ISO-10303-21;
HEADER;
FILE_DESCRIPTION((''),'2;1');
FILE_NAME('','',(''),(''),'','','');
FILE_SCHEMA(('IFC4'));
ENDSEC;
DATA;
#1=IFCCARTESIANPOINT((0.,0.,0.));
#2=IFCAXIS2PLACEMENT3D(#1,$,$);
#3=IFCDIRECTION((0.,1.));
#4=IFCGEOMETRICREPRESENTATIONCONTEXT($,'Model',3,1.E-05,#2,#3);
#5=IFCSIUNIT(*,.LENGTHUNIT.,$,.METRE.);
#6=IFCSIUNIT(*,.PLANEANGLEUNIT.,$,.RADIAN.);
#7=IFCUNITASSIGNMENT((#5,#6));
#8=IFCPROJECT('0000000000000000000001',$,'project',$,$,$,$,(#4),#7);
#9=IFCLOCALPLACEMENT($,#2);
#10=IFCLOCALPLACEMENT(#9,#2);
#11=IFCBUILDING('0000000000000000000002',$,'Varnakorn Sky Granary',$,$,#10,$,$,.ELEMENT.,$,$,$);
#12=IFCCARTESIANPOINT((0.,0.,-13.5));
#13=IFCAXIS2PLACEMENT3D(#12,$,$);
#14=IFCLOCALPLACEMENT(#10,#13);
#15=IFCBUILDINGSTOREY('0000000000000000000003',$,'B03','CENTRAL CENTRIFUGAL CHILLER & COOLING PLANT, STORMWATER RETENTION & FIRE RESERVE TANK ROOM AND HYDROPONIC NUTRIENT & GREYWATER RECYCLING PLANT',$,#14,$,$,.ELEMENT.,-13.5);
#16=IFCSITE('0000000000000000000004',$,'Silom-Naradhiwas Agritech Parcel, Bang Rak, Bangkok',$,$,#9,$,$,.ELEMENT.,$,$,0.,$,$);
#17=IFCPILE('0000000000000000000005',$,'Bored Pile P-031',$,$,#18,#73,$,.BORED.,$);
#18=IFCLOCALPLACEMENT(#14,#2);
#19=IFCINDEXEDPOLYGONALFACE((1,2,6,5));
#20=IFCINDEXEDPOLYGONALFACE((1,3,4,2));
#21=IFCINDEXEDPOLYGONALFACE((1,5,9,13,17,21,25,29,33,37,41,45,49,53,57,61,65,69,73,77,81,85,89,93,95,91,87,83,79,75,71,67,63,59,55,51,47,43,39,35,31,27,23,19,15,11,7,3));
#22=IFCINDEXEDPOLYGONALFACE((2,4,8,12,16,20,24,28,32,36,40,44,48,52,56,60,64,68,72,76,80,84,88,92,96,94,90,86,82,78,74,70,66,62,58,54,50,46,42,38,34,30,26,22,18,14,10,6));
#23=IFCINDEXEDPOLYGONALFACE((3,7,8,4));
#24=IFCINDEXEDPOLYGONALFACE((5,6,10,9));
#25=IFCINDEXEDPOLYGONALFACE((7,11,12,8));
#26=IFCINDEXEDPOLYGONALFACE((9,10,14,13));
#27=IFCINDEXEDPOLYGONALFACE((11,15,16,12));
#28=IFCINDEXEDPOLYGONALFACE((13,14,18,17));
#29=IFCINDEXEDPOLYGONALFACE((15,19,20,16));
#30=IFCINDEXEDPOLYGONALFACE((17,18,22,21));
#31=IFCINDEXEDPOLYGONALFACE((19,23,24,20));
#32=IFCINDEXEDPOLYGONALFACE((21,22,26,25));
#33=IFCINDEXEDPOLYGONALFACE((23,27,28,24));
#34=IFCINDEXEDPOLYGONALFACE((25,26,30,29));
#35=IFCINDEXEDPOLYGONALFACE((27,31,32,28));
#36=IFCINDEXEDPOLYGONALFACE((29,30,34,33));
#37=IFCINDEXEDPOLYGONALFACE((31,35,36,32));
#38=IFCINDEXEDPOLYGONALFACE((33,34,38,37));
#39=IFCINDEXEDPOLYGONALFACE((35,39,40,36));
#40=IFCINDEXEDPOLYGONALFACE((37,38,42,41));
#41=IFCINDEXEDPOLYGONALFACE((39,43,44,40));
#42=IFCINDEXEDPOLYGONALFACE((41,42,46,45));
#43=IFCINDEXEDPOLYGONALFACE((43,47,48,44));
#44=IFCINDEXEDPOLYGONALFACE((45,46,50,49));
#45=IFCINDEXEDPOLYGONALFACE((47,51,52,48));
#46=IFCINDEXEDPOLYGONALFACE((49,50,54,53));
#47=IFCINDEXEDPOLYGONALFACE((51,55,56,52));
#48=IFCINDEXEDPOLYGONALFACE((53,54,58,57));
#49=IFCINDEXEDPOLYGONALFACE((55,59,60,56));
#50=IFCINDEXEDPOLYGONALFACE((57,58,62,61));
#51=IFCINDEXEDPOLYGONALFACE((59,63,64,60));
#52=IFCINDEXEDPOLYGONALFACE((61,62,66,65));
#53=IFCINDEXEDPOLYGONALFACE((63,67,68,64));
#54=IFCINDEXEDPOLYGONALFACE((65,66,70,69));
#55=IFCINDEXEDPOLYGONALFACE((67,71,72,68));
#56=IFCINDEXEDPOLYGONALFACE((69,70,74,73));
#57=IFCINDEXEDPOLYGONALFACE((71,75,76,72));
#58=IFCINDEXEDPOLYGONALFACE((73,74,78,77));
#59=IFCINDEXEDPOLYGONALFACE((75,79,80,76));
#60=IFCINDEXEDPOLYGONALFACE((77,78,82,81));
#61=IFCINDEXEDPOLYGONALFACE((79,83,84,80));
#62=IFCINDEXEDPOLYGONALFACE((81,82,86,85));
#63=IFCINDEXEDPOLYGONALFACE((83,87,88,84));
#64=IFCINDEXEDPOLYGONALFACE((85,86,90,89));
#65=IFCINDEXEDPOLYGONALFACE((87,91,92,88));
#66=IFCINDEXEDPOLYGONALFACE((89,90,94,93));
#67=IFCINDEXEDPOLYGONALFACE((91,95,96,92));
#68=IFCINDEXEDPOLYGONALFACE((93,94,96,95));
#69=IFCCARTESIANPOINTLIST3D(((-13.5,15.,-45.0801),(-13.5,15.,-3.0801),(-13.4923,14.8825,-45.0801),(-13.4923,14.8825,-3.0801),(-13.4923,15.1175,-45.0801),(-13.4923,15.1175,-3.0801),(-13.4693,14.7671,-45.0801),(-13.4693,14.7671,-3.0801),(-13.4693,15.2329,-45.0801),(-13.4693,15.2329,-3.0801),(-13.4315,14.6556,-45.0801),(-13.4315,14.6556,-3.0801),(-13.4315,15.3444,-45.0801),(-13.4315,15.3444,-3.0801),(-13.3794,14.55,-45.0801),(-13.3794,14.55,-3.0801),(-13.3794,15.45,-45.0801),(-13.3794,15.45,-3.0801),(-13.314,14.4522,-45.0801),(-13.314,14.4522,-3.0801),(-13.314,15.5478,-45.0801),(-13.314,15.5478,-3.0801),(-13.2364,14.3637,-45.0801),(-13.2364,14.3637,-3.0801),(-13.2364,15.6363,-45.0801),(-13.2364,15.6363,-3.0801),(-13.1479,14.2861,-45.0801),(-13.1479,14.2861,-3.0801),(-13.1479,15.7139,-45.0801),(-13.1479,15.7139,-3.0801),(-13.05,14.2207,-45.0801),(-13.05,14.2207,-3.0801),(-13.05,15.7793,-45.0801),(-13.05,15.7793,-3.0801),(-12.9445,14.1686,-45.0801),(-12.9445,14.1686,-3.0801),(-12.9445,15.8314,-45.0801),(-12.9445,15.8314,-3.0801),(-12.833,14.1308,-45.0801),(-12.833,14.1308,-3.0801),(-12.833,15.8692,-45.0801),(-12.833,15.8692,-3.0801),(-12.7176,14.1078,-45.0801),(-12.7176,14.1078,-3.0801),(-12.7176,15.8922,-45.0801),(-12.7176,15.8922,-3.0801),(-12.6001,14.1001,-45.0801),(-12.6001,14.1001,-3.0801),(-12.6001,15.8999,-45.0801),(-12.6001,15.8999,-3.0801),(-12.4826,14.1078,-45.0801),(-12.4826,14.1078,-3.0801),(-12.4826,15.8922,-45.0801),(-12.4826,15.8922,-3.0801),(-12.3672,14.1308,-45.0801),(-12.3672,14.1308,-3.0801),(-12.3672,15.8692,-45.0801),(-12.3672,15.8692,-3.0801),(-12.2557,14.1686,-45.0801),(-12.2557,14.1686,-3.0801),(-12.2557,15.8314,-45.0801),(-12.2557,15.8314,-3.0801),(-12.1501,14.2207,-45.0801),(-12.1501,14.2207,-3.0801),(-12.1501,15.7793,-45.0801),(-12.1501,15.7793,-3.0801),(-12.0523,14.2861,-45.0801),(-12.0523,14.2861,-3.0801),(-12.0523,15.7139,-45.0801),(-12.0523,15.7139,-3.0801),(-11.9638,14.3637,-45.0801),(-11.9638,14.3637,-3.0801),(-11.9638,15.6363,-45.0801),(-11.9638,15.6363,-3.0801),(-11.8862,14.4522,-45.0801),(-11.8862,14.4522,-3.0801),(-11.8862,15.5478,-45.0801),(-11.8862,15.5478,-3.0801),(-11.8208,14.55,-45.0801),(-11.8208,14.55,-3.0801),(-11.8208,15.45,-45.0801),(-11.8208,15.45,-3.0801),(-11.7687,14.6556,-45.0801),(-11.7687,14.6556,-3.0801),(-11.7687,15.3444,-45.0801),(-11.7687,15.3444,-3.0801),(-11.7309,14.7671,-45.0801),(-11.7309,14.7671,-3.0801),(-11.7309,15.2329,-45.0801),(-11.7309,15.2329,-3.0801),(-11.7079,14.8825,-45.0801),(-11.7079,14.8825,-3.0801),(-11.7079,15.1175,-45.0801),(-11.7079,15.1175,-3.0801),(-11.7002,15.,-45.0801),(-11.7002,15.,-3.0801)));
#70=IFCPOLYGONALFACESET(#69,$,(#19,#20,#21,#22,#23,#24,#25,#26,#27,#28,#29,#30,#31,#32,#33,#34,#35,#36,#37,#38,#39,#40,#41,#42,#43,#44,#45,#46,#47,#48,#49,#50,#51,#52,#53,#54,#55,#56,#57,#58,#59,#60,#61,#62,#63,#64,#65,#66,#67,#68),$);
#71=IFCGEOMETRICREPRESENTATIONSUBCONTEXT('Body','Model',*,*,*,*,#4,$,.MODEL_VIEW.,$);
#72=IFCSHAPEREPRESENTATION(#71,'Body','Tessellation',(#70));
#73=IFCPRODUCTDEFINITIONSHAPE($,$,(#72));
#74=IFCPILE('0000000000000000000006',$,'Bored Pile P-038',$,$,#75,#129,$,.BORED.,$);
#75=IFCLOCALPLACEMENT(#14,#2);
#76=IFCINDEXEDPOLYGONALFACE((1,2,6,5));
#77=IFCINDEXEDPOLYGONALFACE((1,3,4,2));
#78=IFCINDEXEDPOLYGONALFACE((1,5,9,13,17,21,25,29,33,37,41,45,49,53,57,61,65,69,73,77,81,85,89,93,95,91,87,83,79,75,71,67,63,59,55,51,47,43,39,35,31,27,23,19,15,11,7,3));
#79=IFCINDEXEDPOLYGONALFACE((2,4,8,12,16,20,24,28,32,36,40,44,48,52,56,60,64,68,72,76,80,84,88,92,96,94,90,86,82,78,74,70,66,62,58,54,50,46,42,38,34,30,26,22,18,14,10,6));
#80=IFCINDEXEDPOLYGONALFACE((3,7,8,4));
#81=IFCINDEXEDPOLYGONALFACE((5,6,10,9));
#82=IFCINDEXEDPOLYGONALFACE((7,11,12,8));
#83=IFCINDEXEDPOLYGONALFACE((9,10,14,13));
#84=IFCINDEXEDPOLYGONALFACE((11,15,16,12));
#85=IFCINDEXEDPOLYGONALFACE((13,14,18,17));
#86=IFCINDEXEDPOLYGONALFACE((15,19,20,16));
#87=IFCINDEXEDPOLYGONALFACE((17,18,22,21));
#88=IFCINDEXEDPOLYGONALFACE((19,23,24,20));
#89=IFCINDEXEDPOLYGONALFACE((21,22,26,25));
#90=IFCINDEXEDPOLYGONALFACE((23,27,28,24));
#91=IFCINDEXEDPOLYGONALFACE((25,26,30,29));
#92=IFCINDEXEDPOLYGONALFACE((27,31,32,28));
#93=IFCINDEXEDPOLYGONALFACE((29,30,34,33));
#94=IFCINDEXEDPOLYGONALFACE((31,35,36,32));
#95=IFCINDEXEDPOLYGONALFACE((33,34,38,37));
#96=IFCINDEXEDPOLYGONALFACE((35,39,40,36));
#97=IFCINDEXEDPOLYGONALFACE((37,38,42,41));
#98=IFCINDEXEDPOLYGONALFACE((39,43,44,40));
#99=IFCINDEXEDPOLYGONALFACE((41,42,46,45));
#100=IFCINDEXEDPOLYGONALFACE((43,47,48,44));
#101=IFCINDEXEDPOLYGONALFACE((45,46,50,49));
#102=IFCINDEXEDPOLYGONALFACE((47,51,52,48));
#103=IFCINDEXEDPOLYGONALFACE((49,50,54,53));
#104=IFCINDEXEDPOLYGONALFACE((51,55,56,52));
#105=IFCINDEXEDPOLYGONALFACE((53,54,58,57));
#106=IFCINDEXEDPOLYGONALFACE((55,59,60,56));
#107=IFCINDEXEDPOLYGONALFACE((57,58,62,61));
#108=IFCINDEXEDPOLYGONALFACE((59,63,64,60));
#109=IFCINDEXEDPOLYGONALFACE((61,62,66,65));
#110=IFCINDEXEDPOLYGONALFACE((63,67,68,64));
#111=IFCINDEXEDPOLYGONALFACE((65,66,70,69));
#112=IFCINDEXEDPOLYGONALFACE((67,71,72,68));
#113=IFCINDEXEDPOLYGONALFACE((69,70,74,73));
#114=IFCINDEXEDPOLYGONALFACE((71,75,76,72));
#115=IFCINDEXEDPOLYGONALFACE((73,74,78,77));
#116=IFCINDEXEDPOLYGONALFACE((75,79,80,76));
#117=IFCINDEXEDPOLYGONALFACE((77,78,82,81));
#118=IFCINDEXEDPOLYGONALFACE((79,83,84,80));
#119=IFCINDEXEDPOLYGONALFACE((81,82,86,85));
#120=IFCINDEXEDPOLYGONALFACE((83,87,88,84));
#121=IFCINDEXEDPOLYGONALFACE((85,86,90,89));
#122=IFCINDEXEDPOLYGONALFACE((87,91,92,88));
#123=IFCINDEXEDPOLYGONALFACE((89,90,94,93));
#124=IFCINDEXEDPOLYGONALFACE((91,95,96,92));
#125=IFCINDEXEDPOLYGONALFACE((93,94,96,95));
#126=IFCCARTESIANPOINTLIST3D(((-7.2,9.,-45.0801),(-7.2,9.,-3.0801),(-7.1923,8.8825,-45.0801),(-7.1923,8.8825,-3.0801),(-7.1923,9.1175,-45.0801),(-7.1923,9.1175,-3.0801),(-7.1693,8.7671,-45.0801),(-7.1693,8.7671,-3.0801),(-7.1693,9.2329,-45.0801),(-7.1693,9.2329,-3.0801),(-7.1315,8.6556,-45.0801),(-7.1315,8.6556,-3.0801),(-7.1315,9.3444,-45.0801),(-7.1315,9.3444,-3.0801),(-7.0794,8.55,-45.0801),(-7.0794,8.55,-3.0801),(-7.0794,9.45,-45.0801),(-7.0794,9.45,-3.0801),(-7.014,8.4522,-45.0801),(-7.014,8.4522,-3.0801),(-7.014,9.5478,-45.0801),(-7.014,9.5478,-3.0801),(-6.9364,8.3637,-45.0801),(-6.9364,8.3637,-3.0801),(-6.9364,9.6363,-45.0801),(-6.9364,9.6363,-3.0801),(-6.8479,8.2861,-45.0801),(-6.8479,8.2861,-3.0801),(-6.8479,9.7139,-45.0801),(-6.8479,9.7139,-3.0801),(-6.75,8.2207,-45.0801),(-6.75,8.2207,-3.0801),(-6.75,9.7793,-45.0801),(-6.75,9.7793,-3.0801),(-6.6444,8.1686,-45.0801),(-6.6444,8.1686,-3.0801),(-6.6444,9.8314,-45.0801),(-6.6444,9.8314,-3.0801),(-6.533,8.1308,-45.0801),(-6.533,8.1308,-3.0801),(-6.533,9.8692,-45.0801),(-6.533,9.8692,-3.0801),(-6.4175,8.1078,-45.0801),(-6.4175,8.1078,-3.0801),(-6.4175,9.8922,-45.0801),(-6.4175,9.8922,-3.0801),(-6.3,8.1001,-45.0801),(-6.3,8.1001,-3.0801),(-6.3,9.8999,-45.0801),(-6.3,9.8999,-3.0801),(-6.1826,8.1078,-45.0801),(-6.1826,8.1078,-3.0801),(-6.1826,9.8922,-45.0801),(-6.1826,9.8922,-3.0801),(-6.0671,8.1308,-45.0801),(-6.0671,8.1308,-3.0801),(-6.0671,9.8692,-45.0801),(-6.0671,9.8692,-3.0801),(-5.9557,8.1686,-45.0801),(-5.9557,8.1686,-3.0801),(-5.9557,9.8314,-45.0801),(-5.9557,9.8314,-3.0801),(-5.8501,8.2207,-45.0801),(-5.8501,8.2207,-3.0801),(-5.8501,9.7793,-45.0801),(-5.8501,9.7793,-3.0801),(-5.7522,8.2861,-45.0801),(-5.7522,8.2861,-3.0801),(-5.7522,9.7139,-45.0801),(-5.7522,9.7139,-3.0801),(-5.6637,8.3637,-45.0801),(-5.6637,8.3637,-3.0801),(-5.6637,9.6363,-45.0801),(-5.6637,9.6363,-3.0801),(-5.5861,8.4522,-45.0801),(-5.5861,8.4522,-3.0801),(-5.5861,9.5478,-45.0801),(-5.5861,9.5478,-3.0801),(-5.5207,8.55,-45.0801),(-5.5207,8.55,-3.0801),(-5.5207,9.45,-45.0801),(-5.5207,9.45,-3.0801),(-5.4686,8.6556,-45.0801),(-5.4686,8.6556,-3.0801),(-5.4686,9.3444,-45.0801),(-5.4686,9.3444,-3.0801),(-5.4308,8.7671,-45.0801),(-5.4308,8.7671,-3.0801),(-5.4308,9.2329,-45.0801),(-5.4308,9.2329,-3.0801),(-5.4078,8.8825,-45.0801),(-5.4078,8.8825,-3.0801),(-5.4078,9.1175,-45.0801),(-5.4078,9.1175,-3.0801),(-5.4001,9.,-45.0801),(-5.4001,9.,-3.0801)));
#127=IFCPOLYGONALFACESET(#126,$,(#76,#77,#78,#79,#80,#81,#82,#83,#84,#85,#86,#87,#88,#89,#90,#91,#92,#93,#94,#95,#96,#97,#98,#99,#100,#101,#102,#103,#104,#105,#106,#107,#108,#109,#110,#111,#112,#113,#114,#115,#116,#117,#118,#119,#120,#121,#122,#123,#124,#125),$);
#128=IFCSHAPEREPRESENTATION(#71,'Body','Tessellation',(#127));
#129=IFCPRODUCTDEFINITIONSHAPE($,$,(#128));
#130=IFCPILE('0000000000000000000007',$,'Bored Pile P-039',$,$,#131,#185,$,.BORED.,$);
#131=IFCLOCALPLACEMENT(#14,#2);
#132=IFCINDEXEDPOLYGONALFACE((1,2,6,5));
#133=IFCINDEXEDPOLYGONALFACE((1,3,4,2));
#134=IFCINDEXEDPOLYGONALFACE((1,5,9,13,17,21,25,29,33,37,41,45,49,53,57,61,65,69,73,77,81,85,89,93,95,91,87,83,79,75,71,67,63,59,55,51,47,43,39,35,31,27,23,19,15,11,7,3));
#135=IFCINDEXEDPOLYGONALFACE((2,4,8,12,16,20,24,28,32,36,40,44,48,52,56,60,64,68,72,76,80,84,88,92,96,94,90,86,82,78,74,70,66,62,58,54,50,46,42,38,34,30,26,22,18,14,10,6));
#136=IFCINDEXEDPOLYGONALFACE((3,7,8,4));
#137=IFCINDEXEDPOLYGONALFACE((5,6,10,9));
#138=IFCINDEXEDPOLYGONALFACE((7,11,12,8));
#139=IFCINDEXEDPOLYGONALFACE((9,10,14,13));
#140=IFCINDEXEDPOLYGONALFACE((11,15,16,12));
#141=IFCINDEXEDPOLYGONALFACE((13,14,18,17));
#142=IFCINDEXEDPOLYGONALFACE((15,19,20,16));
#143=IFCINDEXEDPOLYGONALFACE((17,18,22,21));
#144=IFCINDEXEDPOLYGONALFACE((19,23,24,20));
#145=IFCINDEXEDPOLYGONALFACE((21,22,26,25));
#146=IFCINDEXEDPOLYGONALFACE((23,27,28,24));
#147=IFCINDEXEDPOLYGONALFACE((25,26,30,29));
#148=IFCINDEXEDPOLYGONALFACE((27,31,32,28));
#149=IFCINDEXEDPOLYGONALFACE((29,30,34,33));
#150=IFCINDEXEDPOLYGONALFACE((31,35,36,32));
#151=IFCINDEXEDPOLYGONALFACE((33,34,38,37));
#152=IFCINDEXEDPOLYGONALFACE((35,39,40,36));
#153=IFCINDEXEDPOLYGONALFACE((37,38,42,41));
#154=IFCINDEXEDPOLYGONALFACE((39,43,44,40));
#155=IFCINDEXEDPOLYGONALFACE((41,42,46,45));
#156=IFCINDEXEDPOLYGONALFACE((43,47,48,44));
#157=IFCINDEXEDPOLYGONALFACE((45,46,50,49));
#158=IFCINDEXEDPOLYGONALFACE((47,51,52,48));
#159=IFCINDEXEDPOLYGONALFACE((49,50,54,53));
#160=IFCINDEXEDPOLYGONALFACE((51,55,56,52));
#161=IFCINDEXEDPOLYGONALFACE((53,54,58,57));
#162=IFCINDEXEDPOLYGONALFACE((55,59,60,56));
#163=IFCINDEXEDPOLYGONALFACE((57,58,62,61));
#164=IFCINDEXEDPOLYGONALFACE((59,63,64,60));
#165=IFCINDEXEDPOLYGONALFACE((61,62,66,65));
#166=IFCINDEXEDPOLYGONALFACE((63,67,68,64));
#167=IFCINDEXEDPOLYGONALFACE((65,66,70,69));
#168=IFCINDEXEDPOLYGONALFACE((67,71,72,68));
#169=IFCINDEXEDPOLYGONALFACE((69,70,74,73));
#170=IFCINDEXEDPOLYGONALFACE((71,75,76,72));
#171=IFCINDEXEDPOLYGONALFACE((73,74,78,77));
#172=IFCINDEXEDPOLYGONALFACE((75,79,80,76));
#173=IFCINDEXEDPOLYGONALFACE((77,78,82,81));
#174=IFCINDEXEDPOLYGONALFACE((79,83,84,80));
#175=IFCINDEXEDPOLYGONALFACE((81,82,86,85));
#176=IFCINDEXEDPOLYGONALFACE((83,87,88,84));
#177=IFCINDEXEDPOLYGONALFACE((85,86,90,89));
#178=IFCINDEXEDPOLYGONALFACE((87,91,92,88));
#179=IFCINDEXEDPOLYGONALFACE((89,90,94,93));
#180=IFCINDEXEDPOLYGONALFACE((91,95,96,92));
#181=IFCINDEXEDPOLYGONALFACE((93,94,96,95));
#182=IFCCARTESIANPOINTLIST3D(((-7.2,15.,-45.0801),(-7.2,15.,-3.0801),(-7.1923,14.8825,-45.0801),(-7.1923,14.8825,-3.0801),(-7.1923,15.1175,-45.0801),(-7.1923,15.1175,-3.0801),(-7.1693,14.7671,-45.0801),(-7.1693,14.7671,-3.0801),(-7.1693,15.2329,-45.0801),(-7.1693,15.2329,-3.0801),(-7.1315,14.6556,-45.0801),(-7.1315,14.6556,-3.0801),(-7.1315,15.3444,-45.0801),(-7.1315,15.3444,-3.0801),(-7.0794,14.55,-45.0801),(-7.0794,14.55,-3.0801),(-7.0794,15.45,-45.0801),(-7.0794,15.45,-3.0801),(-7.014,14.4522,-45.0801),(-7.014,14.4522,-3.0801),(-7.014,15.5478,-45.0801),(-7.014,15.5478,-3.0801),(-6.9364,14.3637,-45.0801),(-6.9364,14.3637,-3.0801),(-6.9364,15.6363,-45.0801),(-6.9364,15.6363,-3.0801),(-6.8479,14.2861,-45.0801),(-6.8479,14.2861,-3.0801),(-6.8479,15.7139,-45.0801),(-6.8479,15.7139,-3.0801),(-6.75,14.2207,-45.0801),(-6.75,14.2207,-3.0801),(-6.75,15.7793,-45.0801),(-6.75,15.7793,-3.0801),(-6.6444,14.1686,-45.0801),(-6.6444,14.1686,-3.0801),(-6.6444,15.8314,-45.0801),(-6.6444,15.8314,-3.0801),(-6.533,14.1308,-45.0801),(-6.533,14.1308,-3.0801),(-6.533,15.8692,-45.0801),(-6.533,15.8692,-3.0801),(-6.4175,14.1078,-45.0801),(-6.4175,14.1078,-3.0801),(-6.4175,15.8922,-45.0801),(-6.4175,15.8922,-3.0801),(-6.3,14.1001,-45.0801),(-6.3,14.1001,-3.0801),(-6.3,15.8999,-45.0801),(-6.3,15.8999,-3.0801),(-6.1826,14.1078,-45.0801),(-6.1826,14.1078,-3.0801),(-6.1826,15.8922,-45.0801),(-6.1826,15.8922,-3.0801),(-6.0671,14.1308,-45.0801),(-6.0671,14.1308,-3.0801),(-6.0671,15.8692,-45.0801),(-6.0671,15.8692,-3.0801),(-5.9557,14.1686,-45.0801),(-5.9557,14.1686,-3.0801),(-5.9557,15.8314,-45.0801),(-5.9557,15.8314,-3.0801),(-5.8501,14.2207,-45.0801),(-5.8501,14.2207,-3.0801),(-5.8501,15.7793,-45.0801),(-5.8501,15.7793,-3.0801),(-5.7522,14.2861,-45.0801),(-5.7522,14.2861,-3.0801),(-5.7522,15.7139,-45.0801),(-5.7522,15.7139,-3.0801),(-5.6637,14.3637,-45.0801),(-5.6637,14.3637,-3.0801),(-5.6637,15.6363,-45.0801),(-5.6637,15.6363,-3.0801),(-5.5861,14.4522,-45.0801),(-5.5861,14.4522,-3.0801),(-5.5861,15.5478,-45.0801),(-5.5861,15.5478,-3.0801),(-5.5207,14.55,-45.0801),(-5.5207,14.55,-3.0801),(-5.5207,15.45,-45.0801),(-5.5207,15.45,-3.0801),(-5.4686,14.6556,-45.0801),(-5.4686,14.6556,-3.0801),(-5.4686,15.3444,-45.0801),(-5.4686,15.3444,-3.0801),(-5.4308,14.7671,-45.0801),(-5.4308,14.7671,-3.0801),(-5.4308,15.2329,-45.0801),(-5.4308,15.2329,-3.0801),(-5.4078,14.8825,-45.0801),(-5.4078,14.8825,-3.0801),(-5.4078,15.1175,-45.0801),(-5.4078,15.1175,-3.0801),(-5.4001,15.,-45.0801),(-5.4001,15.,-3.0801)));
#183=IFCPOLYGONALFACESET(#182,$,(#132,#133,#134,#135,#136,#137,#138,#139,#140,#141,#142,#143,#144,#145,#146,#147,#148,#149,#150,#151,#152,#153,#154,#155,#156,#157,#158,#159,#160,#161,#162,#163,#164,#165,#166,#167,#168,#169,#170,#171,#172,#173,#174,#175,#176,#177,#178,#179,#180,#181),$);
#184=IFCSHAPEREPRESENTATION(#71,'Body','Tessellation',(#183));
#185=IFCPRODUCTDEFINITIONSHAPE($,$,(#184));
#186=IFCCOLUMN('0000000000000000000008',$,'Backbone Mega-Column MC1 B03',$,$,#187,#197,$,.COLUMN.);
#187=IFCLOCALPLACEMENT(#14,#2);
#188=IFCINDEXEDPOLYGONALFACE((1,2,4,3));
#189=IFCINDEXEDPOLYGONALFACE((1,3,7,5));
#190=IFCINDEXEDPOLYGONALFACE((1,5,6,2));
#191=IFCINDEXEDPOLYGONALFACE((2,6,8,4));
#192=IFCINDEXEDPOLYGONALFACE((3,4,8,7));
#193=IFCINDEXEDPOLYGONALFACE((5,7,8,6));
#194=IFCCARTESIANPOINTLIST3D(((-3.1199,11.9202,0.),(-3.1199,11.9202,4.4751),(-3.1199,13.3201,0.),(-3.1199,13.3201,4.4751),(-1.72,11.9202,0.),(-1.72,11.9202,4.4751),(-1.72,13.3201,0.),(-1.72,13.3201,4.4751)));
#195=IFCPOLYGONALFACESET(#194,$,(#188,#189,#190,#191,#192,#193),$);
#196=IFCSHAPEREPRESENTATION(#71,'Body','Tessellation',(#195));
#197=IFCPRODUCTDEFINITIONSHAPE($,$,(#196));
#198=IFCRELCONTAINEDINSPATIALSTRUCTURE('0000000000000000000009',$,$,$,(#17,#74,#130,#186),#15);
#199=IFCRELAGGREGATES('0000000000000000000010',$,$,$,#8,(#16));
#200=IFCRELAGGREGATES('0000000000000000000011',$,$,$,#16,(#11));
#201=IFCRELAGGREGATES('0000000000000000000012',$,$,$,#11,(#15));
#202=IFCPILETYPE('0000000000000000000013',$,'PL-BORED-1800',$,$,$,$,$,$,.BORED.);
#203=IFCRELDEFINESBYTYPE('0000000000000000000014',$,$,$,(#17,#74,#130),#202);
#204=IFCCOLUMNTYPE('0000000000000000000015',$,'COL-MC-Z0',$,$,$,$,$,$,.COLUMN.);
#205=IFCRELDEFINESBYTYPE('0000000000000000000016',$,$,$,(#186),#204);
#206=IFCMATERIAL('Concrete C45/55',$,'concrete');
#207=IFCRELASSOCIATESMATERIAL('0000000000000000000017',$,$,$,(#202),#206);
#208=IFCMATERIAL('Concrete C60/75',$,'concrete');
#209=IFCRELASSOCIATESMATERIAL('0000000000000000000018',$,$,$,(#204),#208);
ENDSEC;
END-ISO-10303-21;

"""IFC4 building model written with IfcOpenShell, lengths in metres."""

from ifc_helpers import new_model, si_unit, direction, frame, origin, origin_2d, place, context, subcontext, project, spatial, rectangle, circle, extrude, material, material_profile, profile_set, type_object, element, save


model = new_model("IFC4")

# Units and contexts
model_context = context("Model", 3, precision=1e-05, world=origin(), true_north=direction((0.0, 1.0)))
body_context = subcontext(model_context, "Body", "Model", "MODEL_VIEW")
ifc_project = project(units=[si_unit("LENGTHUNIT", "METRE"), si_unit("PLANEANGLEUNIT", "RADIAN")], contexts=[model_context])

# Site, building, storey
site_placement = place(None, origin())
site = spatial("IfcSite", under=ifc_project, at=site_placement, Name="Silom-Naradhiwas Agritech Parcel, Bang Rak, Bangkok", CompositionType="ELEMENT", RefElevation=0.0)
building_placement = place(site_placement, origin())
building = spatial("IfcBuilding", under=site, at=building_placement, Name="Varnakorn Sky Granary", CompositionType="ELEMENT")
storey_placement = place(building_placement, frame((0.0, 0.0, -13.5)))
storey = spatial("IfcBuildingStorey", under=building, at=storey_placement, Name="B03", Description="CENTRAL CENTRIFUGAL CHILLER & COOLING PLANT, STORMWATER RETENTION & FIRE RESERVE TANK ROOM AND HYDROPONIC NUTRIENT & GREYWATER RECYCLING PLANT", CompositionType="ELEMENT", Elevation=-13.5)

# Piles
ifc_material_1 = material(Name="Concrete C45/55", Category="concrete")
ifc_material_profile_1 = material_profile(ifc_material_1, circle(Radius=0.8999, at=origin_2d()), Name="PILE D1800")
ifc_profile_set_1 = profile_set([ifc_material_profile_1], Name="Concrete C45/55")
pile_type_1 = type_object("IfcPileType", Name="PL-BORED-1800", PredefinedType="BORED", material=ifc_profile_set_1)
for number, where, z_axis, x_axis, name in (
    (1, (-12.6001, 15.0, -3.0801), (0.0, 0.0, -1.0), (1.0, 0.0, 0.0), "Bored Pile P-031"),
    (2, (-6.3, 9.0, -3.0801), (0.0, 0.0, -1.0), (1.0, 0.0, 0.0), "Bored Pile P-038"),
    (3, (-6.3, 15.0, -3.0801), (0.0, 0.0, -1.0), (1.0, 0.0, 0.0), "Bored Pile P-039"),
):
    element("IfcPile", number, at=place(storey_placement, frame(where, z_axis=z_axis, x_axis=x_axis)), inside=storey, type_object=pile_type_1, Name=name, PredefinedType="BORED", context=body_context, shape_type="SweptSolid", body=[
        extrude(circle(Radius=0.8999, at=origin_2d()), origin(), (0.0, 0.0, 1.0), 42.0),
    ])

# Column
ifc_material_2 = material(Name="Concrete C60/75", Category="concrete")
ifc_material_profile_2 = material_profile(ifc_material_2, rectangle(XDim=1.3999, YDim=1.3999, at=origin_2d()), Name="RC 1400x1400")
ifc_profile_set_2 = profile_set([ifc_material_profile_2], Name="Concrete C60/75")
column_type = type_object("IfcColumnType", Name="COL-MC-Z0", PredefinedType="COLUMN", material=ifc_profile_set_2)
column_placement = place(storey_placement, frame((-2.4199, 12.6201, 0.0), z_axis=(0.0, 0.0, 1.0), x_axis=(1.0, 0.0, 0.0)))
element("IfcColumn", 4, at=column_placement, inside=storey, type_object=column_type, Name="Backbone Mega-Column MC1 B03", PredefinedType="COLUMN", context=body_context, shape_type="SweptSolid", body=[
    extrude(rectangle(XDim=1.3999, YDim=1.3999, at=origin_2d()), origin(), (0.0, 0.0, 1.0), 4.4751),
])

save(model, "model.ifc")
